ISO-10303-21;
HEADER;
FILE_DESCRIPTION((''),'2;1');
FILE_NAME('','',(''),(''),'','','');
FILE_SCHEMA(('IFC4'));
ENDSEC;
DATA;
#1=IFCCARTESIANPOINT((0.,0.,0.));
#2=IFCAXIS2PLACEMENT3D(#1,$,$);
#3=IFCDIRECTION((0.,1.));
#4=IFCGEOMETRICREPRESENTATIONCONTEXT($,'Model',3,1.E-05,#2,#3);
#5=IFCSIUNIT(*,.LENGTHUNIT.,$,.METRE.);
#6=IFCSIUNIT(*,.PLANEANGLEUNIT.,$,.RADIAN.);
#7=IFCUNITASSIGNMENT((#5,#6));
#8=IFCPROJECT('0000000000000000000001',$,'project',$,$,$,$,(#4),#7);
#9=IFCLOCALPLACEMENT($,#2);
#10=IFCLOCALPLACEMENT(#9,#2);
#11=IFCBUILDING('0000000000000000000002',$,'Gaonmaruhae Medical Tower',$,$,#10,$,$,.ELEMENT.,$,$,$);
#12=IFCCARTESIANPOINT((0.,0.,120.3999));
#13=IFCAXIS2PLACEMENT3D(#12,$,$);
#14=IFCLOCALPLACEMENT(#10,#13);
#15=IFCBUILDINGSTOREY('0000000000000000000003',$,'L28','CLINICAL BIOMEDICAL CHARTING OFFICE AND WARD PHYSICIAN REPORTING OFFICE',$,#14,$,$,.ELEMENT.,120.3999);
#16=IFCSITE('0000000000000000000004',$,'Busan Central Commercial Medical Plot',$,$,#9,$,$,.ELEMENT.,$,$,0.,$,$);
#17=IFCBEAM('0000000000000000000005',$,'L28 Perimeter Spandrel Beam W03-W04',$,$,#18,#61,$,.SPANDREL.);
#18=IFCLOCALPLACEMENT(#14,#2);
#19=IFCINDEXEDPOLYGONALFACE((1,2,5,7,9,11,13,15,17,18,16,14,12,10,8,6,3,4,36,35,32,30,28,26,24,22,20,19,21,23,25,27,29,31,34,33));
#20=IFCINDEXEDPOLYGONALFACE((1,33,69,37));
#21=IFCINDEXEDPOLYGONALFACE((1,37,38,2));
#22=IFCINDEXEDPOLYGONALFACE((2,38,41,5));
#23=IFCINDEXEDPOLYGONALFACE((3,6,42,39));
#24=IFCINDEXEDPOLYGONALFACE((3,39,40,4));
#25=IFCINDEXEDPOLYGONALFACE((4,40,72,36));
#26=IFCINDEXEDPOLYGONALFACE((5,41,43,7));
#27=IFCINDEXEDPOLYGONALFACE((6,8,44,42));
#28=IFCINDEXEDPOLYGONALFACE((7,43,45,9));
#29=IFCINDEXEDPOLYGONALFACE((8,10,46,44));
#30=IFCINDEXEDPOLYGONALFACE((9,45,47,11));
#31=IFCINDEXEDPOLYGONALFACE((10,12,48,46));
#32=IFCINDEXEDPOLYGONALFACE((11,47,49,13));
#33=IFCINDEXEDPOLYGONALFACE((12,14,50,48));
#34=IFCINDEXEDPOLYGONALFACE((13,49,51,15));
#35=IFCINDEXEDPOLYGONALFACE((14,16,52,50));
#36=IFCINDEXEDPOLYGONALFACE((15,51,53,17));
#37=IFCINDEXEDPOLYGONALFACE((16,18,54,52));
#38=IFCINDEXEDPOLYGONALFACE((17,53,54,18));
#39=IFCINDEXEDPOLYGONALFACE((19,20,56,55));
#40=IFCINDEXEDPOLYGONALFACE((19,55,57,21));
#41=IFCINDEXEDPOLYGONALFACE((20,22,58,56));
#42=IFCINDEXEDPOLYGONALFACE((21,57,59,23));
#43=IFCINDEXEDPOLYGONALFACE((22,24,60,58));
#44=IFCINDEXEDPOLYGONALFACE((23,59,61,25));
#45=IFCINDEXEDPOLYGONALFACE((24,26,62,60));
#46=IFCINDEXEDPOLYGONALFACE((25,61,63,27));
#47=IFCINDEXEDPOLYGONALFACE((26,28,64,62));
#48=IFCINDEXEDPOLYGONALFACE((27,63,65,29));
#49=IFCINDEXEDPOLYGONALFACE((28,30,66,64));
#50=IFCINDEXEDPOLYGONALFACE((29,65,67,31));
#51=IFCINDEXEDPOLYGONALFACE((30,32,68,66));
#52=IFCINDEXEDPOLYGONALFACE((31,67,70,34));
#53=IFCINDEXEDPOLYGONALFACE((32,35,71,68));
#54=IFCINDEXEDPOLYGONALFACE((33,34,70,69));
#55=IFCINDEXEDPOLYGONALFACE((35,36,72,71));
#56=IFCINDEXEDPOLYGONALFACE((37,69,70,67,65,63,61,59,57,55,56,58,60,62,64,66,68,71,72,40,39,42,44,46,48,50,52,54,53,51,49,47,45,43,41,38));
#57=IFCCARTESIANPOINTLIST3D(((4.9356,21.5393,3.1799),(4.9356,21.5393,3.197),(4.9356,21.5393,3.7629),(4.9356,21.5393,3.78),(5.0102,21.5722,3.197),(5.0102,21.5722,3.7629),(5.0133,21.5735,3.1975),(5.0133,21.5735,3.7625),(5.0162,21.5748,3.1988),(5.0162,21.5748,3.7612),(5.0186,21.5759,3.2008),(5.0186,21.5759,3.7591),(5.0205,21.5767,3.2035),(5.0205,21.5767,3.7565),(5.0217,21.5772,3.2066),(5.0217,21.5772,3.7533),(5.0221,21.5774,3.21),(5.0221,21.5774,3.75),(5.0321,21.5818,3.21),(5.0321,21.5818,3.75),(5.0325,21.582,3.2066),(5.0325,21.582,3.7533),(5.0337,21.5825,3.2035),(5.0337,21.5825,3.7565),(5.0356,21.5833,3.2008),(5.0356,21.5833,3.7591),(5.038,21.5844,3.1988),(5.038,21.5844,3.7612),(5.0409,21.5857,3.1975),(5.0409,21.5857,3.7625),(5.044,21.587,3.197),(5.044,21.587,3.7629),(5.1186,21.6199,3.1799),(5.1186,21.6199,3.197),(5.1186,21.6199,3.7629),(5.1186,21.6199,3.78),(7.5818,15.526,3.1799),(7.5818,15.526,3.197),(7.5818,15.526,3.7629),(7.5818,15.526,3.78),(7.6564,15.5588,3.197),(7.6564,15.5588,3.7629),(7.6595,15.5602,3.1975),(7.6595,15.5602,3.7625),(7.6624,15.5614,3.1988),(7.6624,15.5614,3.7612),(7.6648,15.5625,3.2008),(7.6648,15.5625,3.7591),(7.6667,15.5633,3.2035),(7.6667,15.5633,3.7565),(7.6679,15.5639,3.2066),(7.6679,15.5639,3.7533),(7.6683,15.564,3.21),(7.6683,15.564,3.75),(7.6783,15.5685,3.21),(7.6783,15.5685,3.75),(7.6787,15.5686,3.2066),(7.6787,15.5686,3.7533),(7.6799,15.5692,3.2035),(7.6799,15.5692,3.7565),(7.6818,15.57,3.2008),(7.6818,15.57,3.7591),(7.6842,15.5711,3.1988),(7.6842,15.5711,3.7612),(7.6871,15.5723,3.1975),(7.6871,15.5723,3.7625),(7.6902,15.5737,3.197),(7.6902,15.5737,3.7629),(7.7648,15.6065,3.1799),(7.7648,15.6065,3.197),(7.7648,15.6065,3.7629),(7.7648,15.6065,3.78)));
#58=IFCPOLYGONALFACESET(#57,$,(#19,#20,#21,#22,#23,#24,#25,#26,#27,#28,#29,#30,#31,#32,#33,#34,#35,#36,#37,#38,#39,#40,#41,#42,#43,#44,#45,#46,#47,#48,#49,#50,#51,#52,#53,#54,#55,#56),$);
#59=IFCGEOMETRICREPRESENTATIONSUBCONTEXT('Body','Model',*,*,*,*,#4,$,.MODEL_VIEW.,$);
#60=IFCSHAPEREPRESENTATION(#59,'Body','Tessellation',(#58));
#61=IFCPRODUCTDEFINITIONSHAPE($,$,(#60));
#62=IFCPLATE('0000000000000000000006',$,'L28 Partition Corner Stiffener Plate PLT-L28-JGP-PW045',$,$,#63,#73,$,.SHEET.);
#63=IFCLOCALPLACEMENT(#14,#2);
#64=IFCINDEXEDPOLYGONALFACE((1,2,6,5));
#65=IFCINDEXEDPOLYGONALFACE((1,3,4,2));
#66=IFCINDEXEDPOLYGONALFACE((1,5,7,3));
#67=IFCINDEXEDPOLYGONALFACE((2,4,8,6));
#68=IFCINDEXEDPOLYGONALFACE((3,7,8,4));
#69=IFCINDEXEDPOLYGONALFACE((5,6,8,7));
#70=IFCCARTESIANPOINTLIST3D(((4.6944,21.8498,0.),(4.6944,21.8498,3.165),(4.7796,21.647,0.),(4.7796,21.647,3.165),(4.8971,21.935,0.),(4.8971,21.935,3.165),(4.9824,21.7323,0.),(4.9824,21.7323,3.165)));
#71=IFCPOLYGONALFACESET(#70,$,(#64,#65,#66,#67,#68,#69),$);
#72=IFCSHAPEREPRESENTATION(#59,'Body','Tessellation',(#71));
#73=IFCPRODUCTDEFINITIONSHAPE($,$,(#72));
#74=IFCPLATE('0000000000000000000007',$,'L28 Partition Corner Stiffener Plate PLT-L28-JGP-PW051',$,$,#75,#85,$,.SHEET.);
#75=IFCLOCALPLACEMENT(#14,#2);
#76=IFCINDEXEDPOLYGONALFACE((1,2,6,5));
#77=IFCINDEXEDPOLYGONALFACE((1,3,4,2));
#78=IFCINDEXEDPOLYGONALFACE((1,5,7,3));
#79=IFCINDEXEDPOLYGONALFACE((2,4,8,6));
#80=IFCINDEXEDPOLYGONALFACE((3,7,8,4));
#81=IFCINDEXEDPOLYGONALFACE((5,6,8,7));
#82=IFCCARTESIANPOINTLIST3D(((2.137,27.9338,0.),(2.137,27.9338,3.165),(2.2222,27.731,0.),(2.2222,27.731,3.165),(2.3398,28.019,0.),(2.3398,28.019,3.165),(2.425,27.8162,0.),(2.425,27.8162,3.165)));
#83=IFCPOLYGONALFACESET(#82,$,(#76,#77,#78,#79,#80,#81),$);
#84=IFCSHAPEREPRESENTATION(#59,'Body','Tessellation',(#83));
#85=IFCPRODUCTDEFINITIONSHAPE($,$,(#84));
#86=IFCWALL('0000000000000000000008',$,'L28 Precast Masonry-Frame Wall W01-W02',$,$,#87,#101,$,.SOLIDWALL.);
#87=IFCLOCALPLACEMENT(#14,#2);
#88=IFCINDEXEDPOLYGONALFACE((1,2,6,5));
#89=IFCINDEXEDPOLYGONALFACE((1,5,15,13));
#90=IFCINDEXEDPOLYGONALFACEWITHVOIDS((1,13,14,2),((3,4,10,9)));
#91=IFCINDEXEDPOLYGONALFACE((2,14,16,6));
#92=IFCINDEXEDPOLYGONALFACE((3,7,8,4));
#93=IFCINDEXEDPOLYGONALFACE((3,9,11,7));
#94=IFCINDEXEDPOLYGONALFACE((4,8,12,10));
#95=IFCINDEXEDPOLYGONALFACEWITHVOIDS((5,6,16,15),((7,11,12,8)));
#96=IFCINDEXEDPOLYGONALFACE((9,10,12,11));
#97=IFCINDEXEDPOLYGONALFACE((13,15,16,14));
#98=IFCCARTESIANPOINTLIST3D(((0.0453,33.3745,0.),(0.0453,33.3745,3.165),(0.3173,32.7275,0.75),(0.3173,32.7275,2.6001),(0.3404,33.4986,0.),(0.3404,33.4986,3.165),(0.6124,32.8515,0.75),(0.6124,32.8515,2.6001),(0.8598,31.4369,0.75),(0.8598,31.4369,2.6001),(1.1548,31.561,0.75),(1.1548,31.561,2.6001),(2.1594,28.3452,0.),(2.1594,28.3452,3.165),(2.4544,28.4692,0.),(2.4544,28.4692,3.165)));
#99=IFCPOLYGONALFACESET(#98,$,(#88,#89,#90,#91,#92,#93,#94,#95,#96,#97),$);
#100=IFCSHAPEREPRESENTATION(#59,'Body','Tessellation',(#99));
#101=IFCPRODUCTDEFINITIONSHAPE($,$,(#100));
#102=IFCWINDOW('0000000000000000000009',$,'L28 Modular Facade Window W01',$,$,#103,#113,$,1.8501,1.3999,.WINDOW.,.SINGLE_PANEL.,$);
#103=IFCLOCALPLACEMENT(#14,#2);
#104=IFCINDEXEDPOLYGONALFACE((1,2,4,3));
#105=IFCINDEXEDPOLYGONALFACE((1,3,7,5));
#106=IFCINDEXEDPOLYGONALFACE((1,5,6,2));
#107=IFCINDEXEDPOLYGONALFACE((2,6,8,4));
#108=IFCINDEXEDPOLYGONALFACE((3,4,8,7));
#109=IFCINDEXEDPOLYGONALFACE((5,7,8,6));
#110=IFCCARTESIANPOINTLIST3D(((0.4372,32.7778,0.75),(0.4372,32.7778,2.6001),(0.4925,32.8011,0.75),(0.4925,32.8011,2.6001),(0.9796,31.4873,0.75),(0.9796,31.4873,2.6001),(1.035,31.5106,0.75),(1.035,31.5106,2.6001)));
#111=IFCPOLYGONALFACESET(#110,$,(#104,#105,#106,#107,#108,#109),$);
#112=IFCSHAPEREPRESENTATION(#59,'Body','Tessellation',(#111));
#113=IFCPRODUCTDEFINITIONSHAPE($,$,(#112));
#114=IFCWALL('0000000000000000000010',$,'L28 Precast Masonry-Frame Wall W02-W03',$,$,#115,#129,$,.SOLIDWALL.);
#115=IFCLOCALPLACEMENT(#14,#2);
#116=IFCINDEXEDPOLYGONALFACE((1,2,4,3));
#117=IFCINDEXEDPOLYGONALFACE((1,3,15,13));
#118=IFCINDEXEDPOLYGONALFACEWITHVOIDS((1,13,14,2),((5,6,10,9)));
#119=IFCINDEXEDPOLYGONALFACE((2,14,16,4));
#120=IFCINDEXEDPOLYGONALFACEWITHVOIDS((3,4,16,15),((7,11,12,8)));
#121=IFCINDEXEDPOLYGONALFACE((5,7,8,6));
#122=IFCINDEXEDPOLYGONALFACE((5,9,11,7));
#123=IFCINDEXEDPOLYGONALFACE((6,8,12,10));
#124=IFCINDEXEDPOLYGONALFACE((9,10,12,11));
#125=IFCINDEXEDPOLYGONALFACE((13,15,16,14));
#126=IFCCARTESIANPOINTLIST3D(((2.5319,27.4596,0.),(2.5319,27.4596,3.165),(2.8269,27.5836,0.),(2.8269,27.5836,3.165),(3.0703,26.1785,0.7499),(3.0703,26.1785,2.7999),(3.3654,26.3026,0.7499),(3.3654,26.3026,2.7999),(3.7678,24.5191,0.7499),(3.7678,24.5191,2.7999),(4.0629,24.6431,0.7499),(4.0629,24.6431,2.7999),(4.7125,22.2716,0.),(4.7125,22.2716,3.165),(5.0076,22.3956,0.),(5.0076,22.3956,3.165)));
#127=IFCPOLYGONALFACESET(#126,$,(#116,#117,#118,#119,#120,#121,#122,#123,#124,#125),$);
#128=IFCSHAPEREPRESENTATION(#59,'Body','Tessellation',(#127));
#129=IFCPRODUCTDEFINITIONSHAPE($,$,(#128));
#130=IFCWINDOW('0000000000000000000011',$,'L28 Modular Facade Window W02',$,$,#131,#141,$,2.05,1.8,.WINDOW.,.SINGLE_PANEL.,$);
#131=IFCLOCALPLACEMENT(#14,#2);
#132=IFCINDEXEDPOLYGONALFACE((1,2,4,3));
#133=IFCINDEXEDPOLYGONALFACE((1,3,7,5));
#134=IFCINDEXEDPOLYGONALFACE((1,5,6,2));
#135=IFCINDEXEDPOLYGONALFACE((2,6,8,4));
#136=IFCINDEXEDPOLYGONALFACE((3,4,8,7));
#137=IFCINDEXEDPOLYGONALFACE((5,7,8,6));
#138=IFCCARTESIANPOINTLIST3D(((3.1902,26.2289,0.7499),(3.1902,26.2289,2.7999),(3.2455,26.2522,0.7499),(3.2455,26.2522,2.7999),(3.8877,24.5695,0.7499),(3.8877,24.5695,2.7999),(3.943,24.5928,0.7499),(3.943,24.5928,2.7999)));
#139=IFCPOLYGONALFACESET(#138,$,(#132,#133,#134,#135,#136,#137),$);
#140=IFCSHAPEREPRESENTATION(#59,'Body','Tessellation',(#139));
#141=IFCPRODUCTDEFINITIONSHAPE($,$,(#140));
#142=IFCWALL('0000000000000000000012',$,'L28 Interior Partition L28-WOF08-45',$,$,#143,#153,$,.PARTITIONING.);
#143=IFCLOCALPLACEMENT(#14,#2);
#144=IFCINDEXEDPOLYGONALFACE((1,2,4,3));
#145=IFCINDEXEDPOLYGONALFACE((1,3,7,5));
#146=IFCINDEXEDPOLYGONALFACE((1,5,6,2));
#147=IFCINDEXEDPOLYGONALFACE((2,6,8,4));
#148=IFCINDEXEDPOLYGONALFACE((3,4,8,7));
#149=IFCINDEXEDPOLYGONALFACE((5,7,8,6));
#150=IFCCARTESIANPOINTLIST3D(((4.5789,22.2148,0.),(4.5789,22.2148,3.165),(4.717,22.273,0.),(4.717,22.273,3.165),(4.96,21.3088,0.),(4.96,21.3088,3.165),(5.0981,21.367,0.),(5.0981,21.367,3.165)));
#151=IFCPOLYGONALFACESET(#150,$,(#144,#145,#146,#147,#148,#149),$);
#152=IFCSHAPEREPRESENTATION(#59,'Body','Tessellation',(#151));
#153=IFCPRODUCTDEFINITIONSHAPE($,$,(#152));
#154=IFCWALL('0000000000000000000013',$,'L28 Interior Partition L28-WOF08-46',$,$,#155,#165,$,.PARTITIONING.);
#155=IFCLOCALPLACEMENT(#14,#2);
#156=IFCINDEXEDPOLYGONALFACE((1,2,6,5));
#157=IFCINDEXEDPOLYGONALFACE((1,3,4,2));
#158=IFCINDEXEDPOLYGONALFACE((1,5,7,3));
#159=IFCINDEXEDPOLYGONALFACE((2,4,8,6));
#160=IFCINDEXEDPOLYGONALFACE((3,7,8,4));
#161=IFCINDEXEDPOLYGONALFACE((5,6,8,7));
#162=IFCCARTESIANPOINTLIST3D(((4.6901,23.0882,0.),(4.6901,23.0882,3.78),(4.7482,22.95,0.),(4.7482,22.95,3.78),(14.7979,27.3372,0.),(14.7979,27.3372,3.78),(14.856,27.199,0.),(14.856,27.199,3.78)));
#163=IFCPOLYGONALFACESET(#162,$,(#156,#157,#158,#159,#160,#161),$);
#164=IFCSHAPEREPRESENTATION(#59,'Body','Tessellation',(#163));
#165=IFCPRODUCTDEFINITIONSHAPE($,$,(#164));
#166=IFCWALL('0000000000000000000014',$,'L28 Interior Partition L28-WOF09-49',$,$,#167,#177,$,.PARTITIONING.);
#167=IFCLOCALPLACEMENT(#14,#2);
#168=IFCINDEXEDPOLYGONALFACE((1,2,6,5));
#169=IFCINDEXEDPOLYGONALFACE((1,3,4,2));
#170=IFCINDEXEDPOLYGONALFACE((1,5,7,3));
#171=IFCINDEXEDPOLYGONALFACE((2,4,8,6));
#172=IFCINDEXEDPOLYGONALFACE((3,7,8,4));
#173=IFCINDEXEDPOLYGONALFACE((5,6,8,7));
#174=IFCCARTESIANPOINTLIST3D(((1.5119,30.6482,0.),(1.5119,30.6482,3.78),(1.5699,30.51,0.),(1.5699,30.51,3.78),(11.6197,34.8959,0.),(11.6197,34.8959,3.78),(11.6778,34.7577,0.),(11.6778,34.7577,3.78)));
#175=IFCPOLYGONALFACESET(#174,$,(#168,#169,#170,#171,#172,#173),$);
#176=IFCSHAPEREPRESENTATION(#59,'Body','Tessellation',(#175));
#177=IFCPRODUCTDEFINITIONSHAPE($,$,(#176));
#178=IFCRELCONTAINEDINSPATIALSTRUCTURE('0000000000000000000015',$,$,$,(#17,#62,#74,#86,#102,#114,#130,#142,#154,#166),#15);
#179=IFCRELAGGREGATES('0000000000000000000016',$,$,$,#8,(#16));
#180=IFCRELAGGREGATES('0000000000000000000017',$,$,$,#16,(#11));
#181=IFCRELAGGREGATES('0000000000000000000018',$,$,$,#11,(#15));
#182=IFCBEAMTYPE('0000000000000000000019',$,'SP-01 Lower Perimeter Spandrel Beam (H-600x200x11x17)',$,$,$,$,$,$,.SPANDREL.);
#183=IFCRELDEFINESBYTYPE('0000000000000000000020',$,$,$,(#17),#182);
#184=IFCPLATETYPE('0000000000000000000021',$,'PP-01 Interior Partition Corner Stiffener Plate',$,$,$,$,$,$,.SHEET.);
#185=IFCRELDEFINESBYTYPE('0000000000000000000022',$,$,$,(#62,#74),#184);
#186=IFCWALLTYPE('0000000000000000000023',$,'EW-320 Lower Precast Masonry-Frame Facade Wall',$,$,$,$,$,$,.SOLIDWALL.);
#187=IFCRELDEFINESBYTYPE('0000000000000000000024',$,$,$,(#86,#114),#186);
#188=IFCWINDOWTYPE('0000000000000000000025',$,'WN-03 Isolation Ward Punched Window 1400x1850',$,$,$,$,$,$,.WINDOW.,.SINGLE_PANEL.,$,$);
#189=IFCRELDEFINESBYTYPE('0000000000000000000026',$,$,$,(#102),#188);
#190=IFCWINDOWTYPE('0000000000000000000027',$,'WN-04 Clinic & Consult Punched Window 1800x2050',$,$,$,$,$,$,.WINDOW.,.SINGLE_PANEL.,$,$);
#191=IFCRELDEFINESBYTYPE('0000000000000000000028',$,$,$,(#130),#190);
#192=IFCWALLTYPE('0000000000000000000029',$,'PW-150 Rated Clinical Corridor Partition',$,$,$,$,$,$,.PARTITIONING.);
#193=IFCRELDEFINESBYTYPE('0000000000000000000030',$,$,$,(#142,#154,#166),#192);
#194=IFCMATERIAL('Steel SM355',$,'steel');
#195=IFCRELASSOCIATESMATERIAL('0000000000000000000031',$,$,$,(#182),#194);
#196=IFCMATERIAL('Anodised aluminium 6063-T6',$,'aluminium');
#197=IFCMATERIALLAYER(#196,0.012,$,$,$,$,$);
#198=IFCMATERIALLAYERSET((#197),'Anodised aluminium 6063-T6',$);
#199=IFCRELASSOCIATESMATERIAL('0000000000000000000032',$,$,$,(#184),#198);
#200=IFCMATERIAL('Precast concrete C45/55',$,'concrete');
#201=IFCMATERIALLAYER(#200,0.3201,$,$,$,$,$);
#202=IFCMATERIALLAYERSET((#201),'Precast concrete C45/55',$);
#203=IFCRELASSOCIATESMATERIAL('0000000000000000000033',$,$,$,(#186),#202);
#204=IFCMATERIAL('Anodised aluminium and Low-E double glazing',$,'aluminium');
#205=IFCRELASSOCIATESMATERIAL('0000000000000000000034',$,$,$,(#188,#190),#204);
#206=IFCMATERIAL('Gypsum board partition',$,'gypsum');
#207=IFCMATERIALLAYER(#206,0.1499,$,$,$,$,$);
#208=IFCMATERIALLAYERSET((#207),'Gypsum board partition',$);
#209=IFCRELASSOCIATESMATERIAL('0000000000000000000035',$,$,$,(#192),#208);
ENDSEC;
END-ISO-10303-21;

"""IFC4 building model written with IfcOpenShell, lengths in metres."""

from ifc_helpers import new_model, si_unit, direction, frame, frame_2d, origin, origin_2d, place, context, subcontext, project, spatial, rectangle, i_section, extrude, material, layer, layer_set, material_profile, profile_set, type_object, element, fill, save


model = new_model("IFC4")

# Units and contexts
model_context = context("Model", 3, precision=1e-05, world=origin(), true_north=direction((0.0, 1.0)))
body_context = subcontext(model_context, "Body", "Model", "MODEL_VIEW")
ifc_project = project(units=[si_unit("LENGTHUNIT", "METRE"), si_unit("PLANEANGLEUNIT", "RADIAN")], contexts=[model_context])

# Site, building, storey
site_placement = place(None, origin())
site = spatial("IfcSite", under=ifc_project, at=site_placement, Name="Busan Central Commercial Medical Plot", CompositionType="ELEMENT", RefElevation=0.0)
building_placement = place(site_placement, origin())
building = spatial("IfcBuilding", under=site, at=building_placement, Name="Gaonmaruhae Medical Tower", CompositionType="ELEMENT")
storey_placement = place(building_placement, frame((0.0, 0.0, 120.3999)))
storey = spatial("IfcBuildingStorey", under=building, at=storey_placement, Name="L28", Description="CLINICAL BIOMEDICAL CHARTING OFFICE AND WARD PHYSICIAN REPORTING OFFICE", CompositionType="ELEMENT", Elevation=120.3999)

# Beam
ifc_material_1 = material(Name="Steel SM355", Category="steel")
ifc_material_profile_1 = material_profile(ifc_material_1, i_section(OverallWidth=0.2, OverallDepth=0.6001, WebThickness=0.011, FlangeThickness=0.0171, FilletRadius=0.0129, at=origin_2d()), Name="H-600x200x11x17")
ifc_profile_set_1 = profile_set([ifc_material_profile_1], Name="Steel SM355")
beam_type_1 = type_object("IfcBeamType", Name="SP-01 Lower Perimeter Spandrel Beam (H-600x200x11x17)", PredefinedType="SPANDREL", material=ifc_profile_set_1)
beam_1_placement = place(storey_placement, frame((5.0271, 21.5796, 3.48), z_axis=(0.402781, -0.915296, 0.0), x_axis=(0.915296, 0.402781, 0.0)))
element("IfcBeam", 1, at=beam_1_placement, inside=storey, type_object=beam_type_1, Name="L28 Perimeter Spandrel Beam W03-W04", PredefinedType="SPANDREL", context=body_context, shape_type="SweptSolid", body=[
    extrude(i_section(OverallWidth=0.2, OverallDepth=0.6001, WebThickness=0.011, FlangeThickness=0.0171, FilletRadius=0.0129, at=origin_2d()), origin(), (0.0, 0.0, 1.0), 6.5698),
])

# Plates
ifc_material_2 = material(Name="Anodised aluminium 6063-T6", Category="aluminium")
ifc_layer_1 = layer(ifc_material_2, 0.012)
ifc_layer_set_1 = layer_set([ifc_layer_1], Name="Anodised aluminium 6063-T6")
plate_type = type_object("IfcPlateType", Name="PP-01 Interior Partition Corner Stiffener Plate", PredefinedType="SHEET", material=ifc_layer_set_1)
for number, where, z_axis, x_axis, name in (
    (2, (4.8384, 21.791, 0.0), (0.0, 0.0, 1.0), (-0.387644, 0.921809, 0.0), "L28 Partition Corner Stiffener Plate PLT-L28-JGP-PW045"),
    (3, (2.281, 27.875, 0.0), (0.0, 0.0, 1.0), (-0.387129, 0.922025, 0.0), "L28 Partition Corner Stiffener Plate PLT-L28-JGP-PW051"),
):
    element("IfcPlate", number, at=place(storey_placement, frame(where, z_axis=z_axis, x_axis=x_axis)), inside=storey, type_object=plate_type, Name=name, PredefinedType="SHEET", context=body_context, shape_type="SweptSolid", body=[
        extrude(rectangle(XDim=0.22, YDim=0.22, at=origin_2d()), origin(), (0.0, 0.0, 1.0), 3.165),
    ])

# Walls, openings, windows
ifc_material_3 = material(Name="Precast concrete C45/55", Category="concrete")
ifc_layer_2 = layer(ifc_material_3, 0.3201)
ifc_layer_set_2 = layer_set([ifc_layer_2], Name="Precast concrete C45/55")
wall_type_1 = type_object("IfcWallType", Name="EW-320 Lower Precast Masonry-Frame Facade Wall", PredefinedType="SOLIDWALL", material=ifc_layer_set_2)
wall_1_placement = place(storey_placement, frame((2.3069, 28.4072, 0.0), z_axis=(0.0, 0.0, 1.0), x_axis=(-0.387499, 0.92187, 0.0)))
wall_1 = element("IfcWall", 4, at=wall_1_placement, inside=storey, type_object=wall_type_1, Name="L28 Precast Masonry-Frame Wall W01-W02", PredefinedType="SOLIDWALL", context=body_context, shape_type="SweptSolid", body=[
    extrude(rectangle(XDim=5.4556, YDim=0.3201, at=frame_2d((2.7278, 0.0))), origin(), (0.0, 0.0, 1.0), 3.165),
])
opening_1_placement = place(wall_1_placement, frame((3.3538, 0.0, 0.75)))
opening_1 = element("IfcOpeningElement", 5, at=opening_1_placement, cuts=wall_1, PredefinedType="OPENING", context=body_context, shape_type="SweptSolid", body=[
    extrude(rectangle(XDim=1.3999, YDim=1.8501, at=frame_2d((0.7, 0.925))), frame((0.0, 0.1699, 0.0), z_axis=(0.0, -1.0, 0.0), x_axis=(1.0, 0.0, 0.0)), (0.0, 0.0, 1.0), 0.3401),
])
ifc_material_4 = material(Name="Anodised aluminium and Low-E double glazing", Category="aluminium")
window_type_1 = type_object("IfcWindowType", Name="WN-03 Isolation Ward Punched Window 1400x1850", PartitioningType="SINGLE_PANEL", PredefinedType="WINDOW", material=ifc_material_4)
window_1_placement = place(opening_1_placement, origin())
window_1 = element("IfcWindow", 6, at=window_1_placement, inside=storey, type_object=window_type_1, Name="L28 Modular Facade Window W01", OverallHeight=1.8501, OverallWidth=1.3999, PartitioningType="SINGLE_PANEL", PredefinedType="WINDOW", context=body_context, shape_type="SweptSolid", body=[
    extrude(rectangle(XDim=1.3999, YDim=1.8501, at=frame_2d((0.7, 0.925))), frame((0.0, 0.03, 0.0), z_axis=(0.0, -1.0, 0.0), x_axis=(1.0, 0.0, 0.0)), (0.0, 0.0, 1.0), 0.0601),
])
fill(opening_1, window_1)
wall_2_placement = place(storey_placement, frame((4.8601, 22.3335, 0.0), z_axis=(0.0, 0.0, 1.0), x_axis=(-0.387491, 0.921874, 0.0)))
wall_2 = element("IfcWall", 7, at=wall_2_placement, inside=storey, type_object=wall_type_1, Name="L28 Precast Masonry-Frame Wall W02-W03", PredefinedType="SOLIDWALL", context=body_context, shape_type="SweptSolid", body=[
    extrude(rectangle(XDim=5.6277, YDim=0.3201, at=frame_2d((2.814, 0.0))), origin(), (0.0, 0.0, 1.0), 3.165),
])
opening_2_placement = place(wall_2_placement, frame((2.4382, 0.0, 0.75)))
opening_2 = element("IfcOpeningElement", 8, at=opening_2_placement, cuts=wall_2, PredefinedType="OPENING", context=body_context, shape_type="SweptSolid", body=[
    extrude(rectangle(XDim=1.8, YDim=2.05, at=frame_2d((0.8999, 1.0249))), frame((0.0, 0.1699, 0.0), z_axis=(0.0, -1.0, 0.0), x_axis=(1.0, 0.0, 0.0)), (0.0, 0.0, 1.0), 0.3401),
])
window_type_2 = type_object("IfcWindowType", Name="WN-04 Clinic & Consult Punched Window 1800x2050", PartitioningType="SINGLE_PANEL", PredefinedType="WINDOW", material=ifc_material_4)
window_2_placement = place(opening_2_placement, origin())
window_2 = element("IfcWindow", 9, at=window_2_placement, inside=storey, type_object=window_type_2, Name="L28 Modular Facade Window W02", OverallHeight=2.05, OverallWidth=1.8, PartitioningType="SINGLE_PANEL", PredefinedType="WINDOW", context=body_context, shape_type="SweptSolid", body=[
    extrude(rectangle(XDim=1.8, YDim=2.05, at=frame_2d((0.8999, 1.0249))), frame((0.0, 0.03, 0.0), z_axis=(0.0, -1.0, 0.0), x_axis=(1.0, 0.0, 0.0)), (0.0, 0.0, 1.0), 0.0601),
])
fill(opening_2, window_2)

# Walls
ifc_material_5 = material(Name="Gypsum board partition", Category="gypsum")
ifc_layer_3 = layer(ifc_material_5, 0.1499)
ifc_layer_set_3 = layer_set([ifc_layer_3], Name="Gypsum board partition")
wall_type_2 = type_object("IfcWallType", Name="PW-150 Rated Clinical Corridor Partition", PredefinedType="PARTITIONING", material=ifc_layer_set_3)
wall_3_placement = place(storey_placement, frame((5.0291, 21.3379, 0.0), z_axis=(0.0, 0.0, 1.0), x_axis=(-0.387735, 0.921771, 0.0)))
element("IfcWall", 10, at=wall_3_placement, inside=storey, type_object=wall_type_2, Name="L28 Interior Partition L28-WOF08-45", PredefinedType="PARTITIONING", context=body_context, shape_type="SweptSolid", body=[
    extrude(rectangle(XDim=0.9829, YDim=0.1499, at=frame_2d((0.4915, 0.0))), origin(), (0.0, 0.0, 1.0), 3.165),
])
wall_4_placement = place(storey_placement, frame((4.719, 23.019, 0.0), z_axis=(0.0, 0.0, 1.0), x_axis=(0.921862, 0.387519, 0.0)))
element("IfcWall", 11, at=wall_4_placement, inside=storey, type_object=wall_type_2, Name="L28 Interior Partition L28-WOF08-46", PredefinedType="PARTITIONING", context=body_context, shape_type="SweptSolid", body=[
    extrude(rectangle(XDim=10.9646, YDim=0.1499, at=frame_2d((5.4824, 0.0))), origin(), (0.0, 0.0, 1.0), 3.78),
])
wall_5_placement = place(storey_placement, frame((1.541, 30.5791, 0.0), z_axis=(0.0, 0.0, 1.0), x_axis=(0.921901, 0.387425, 0.0)))
element("IfcWall", 12, at=wall_5_placement, inside=storey, type_object=wall_type_2, Name="L28 Interior Partition L28-WOF09-49", PredefinedType="PARTITIONING", context=body_context, shape_type="SweptSolid", body=[
    extrude(rectangle(XDim=10.9641, YDim=0.1499, at=frame_2d((5.4819, 0.0))), origin(), (0.0, 0.0, 1.0), 3.78),
])

save(model, "model.ifc")
